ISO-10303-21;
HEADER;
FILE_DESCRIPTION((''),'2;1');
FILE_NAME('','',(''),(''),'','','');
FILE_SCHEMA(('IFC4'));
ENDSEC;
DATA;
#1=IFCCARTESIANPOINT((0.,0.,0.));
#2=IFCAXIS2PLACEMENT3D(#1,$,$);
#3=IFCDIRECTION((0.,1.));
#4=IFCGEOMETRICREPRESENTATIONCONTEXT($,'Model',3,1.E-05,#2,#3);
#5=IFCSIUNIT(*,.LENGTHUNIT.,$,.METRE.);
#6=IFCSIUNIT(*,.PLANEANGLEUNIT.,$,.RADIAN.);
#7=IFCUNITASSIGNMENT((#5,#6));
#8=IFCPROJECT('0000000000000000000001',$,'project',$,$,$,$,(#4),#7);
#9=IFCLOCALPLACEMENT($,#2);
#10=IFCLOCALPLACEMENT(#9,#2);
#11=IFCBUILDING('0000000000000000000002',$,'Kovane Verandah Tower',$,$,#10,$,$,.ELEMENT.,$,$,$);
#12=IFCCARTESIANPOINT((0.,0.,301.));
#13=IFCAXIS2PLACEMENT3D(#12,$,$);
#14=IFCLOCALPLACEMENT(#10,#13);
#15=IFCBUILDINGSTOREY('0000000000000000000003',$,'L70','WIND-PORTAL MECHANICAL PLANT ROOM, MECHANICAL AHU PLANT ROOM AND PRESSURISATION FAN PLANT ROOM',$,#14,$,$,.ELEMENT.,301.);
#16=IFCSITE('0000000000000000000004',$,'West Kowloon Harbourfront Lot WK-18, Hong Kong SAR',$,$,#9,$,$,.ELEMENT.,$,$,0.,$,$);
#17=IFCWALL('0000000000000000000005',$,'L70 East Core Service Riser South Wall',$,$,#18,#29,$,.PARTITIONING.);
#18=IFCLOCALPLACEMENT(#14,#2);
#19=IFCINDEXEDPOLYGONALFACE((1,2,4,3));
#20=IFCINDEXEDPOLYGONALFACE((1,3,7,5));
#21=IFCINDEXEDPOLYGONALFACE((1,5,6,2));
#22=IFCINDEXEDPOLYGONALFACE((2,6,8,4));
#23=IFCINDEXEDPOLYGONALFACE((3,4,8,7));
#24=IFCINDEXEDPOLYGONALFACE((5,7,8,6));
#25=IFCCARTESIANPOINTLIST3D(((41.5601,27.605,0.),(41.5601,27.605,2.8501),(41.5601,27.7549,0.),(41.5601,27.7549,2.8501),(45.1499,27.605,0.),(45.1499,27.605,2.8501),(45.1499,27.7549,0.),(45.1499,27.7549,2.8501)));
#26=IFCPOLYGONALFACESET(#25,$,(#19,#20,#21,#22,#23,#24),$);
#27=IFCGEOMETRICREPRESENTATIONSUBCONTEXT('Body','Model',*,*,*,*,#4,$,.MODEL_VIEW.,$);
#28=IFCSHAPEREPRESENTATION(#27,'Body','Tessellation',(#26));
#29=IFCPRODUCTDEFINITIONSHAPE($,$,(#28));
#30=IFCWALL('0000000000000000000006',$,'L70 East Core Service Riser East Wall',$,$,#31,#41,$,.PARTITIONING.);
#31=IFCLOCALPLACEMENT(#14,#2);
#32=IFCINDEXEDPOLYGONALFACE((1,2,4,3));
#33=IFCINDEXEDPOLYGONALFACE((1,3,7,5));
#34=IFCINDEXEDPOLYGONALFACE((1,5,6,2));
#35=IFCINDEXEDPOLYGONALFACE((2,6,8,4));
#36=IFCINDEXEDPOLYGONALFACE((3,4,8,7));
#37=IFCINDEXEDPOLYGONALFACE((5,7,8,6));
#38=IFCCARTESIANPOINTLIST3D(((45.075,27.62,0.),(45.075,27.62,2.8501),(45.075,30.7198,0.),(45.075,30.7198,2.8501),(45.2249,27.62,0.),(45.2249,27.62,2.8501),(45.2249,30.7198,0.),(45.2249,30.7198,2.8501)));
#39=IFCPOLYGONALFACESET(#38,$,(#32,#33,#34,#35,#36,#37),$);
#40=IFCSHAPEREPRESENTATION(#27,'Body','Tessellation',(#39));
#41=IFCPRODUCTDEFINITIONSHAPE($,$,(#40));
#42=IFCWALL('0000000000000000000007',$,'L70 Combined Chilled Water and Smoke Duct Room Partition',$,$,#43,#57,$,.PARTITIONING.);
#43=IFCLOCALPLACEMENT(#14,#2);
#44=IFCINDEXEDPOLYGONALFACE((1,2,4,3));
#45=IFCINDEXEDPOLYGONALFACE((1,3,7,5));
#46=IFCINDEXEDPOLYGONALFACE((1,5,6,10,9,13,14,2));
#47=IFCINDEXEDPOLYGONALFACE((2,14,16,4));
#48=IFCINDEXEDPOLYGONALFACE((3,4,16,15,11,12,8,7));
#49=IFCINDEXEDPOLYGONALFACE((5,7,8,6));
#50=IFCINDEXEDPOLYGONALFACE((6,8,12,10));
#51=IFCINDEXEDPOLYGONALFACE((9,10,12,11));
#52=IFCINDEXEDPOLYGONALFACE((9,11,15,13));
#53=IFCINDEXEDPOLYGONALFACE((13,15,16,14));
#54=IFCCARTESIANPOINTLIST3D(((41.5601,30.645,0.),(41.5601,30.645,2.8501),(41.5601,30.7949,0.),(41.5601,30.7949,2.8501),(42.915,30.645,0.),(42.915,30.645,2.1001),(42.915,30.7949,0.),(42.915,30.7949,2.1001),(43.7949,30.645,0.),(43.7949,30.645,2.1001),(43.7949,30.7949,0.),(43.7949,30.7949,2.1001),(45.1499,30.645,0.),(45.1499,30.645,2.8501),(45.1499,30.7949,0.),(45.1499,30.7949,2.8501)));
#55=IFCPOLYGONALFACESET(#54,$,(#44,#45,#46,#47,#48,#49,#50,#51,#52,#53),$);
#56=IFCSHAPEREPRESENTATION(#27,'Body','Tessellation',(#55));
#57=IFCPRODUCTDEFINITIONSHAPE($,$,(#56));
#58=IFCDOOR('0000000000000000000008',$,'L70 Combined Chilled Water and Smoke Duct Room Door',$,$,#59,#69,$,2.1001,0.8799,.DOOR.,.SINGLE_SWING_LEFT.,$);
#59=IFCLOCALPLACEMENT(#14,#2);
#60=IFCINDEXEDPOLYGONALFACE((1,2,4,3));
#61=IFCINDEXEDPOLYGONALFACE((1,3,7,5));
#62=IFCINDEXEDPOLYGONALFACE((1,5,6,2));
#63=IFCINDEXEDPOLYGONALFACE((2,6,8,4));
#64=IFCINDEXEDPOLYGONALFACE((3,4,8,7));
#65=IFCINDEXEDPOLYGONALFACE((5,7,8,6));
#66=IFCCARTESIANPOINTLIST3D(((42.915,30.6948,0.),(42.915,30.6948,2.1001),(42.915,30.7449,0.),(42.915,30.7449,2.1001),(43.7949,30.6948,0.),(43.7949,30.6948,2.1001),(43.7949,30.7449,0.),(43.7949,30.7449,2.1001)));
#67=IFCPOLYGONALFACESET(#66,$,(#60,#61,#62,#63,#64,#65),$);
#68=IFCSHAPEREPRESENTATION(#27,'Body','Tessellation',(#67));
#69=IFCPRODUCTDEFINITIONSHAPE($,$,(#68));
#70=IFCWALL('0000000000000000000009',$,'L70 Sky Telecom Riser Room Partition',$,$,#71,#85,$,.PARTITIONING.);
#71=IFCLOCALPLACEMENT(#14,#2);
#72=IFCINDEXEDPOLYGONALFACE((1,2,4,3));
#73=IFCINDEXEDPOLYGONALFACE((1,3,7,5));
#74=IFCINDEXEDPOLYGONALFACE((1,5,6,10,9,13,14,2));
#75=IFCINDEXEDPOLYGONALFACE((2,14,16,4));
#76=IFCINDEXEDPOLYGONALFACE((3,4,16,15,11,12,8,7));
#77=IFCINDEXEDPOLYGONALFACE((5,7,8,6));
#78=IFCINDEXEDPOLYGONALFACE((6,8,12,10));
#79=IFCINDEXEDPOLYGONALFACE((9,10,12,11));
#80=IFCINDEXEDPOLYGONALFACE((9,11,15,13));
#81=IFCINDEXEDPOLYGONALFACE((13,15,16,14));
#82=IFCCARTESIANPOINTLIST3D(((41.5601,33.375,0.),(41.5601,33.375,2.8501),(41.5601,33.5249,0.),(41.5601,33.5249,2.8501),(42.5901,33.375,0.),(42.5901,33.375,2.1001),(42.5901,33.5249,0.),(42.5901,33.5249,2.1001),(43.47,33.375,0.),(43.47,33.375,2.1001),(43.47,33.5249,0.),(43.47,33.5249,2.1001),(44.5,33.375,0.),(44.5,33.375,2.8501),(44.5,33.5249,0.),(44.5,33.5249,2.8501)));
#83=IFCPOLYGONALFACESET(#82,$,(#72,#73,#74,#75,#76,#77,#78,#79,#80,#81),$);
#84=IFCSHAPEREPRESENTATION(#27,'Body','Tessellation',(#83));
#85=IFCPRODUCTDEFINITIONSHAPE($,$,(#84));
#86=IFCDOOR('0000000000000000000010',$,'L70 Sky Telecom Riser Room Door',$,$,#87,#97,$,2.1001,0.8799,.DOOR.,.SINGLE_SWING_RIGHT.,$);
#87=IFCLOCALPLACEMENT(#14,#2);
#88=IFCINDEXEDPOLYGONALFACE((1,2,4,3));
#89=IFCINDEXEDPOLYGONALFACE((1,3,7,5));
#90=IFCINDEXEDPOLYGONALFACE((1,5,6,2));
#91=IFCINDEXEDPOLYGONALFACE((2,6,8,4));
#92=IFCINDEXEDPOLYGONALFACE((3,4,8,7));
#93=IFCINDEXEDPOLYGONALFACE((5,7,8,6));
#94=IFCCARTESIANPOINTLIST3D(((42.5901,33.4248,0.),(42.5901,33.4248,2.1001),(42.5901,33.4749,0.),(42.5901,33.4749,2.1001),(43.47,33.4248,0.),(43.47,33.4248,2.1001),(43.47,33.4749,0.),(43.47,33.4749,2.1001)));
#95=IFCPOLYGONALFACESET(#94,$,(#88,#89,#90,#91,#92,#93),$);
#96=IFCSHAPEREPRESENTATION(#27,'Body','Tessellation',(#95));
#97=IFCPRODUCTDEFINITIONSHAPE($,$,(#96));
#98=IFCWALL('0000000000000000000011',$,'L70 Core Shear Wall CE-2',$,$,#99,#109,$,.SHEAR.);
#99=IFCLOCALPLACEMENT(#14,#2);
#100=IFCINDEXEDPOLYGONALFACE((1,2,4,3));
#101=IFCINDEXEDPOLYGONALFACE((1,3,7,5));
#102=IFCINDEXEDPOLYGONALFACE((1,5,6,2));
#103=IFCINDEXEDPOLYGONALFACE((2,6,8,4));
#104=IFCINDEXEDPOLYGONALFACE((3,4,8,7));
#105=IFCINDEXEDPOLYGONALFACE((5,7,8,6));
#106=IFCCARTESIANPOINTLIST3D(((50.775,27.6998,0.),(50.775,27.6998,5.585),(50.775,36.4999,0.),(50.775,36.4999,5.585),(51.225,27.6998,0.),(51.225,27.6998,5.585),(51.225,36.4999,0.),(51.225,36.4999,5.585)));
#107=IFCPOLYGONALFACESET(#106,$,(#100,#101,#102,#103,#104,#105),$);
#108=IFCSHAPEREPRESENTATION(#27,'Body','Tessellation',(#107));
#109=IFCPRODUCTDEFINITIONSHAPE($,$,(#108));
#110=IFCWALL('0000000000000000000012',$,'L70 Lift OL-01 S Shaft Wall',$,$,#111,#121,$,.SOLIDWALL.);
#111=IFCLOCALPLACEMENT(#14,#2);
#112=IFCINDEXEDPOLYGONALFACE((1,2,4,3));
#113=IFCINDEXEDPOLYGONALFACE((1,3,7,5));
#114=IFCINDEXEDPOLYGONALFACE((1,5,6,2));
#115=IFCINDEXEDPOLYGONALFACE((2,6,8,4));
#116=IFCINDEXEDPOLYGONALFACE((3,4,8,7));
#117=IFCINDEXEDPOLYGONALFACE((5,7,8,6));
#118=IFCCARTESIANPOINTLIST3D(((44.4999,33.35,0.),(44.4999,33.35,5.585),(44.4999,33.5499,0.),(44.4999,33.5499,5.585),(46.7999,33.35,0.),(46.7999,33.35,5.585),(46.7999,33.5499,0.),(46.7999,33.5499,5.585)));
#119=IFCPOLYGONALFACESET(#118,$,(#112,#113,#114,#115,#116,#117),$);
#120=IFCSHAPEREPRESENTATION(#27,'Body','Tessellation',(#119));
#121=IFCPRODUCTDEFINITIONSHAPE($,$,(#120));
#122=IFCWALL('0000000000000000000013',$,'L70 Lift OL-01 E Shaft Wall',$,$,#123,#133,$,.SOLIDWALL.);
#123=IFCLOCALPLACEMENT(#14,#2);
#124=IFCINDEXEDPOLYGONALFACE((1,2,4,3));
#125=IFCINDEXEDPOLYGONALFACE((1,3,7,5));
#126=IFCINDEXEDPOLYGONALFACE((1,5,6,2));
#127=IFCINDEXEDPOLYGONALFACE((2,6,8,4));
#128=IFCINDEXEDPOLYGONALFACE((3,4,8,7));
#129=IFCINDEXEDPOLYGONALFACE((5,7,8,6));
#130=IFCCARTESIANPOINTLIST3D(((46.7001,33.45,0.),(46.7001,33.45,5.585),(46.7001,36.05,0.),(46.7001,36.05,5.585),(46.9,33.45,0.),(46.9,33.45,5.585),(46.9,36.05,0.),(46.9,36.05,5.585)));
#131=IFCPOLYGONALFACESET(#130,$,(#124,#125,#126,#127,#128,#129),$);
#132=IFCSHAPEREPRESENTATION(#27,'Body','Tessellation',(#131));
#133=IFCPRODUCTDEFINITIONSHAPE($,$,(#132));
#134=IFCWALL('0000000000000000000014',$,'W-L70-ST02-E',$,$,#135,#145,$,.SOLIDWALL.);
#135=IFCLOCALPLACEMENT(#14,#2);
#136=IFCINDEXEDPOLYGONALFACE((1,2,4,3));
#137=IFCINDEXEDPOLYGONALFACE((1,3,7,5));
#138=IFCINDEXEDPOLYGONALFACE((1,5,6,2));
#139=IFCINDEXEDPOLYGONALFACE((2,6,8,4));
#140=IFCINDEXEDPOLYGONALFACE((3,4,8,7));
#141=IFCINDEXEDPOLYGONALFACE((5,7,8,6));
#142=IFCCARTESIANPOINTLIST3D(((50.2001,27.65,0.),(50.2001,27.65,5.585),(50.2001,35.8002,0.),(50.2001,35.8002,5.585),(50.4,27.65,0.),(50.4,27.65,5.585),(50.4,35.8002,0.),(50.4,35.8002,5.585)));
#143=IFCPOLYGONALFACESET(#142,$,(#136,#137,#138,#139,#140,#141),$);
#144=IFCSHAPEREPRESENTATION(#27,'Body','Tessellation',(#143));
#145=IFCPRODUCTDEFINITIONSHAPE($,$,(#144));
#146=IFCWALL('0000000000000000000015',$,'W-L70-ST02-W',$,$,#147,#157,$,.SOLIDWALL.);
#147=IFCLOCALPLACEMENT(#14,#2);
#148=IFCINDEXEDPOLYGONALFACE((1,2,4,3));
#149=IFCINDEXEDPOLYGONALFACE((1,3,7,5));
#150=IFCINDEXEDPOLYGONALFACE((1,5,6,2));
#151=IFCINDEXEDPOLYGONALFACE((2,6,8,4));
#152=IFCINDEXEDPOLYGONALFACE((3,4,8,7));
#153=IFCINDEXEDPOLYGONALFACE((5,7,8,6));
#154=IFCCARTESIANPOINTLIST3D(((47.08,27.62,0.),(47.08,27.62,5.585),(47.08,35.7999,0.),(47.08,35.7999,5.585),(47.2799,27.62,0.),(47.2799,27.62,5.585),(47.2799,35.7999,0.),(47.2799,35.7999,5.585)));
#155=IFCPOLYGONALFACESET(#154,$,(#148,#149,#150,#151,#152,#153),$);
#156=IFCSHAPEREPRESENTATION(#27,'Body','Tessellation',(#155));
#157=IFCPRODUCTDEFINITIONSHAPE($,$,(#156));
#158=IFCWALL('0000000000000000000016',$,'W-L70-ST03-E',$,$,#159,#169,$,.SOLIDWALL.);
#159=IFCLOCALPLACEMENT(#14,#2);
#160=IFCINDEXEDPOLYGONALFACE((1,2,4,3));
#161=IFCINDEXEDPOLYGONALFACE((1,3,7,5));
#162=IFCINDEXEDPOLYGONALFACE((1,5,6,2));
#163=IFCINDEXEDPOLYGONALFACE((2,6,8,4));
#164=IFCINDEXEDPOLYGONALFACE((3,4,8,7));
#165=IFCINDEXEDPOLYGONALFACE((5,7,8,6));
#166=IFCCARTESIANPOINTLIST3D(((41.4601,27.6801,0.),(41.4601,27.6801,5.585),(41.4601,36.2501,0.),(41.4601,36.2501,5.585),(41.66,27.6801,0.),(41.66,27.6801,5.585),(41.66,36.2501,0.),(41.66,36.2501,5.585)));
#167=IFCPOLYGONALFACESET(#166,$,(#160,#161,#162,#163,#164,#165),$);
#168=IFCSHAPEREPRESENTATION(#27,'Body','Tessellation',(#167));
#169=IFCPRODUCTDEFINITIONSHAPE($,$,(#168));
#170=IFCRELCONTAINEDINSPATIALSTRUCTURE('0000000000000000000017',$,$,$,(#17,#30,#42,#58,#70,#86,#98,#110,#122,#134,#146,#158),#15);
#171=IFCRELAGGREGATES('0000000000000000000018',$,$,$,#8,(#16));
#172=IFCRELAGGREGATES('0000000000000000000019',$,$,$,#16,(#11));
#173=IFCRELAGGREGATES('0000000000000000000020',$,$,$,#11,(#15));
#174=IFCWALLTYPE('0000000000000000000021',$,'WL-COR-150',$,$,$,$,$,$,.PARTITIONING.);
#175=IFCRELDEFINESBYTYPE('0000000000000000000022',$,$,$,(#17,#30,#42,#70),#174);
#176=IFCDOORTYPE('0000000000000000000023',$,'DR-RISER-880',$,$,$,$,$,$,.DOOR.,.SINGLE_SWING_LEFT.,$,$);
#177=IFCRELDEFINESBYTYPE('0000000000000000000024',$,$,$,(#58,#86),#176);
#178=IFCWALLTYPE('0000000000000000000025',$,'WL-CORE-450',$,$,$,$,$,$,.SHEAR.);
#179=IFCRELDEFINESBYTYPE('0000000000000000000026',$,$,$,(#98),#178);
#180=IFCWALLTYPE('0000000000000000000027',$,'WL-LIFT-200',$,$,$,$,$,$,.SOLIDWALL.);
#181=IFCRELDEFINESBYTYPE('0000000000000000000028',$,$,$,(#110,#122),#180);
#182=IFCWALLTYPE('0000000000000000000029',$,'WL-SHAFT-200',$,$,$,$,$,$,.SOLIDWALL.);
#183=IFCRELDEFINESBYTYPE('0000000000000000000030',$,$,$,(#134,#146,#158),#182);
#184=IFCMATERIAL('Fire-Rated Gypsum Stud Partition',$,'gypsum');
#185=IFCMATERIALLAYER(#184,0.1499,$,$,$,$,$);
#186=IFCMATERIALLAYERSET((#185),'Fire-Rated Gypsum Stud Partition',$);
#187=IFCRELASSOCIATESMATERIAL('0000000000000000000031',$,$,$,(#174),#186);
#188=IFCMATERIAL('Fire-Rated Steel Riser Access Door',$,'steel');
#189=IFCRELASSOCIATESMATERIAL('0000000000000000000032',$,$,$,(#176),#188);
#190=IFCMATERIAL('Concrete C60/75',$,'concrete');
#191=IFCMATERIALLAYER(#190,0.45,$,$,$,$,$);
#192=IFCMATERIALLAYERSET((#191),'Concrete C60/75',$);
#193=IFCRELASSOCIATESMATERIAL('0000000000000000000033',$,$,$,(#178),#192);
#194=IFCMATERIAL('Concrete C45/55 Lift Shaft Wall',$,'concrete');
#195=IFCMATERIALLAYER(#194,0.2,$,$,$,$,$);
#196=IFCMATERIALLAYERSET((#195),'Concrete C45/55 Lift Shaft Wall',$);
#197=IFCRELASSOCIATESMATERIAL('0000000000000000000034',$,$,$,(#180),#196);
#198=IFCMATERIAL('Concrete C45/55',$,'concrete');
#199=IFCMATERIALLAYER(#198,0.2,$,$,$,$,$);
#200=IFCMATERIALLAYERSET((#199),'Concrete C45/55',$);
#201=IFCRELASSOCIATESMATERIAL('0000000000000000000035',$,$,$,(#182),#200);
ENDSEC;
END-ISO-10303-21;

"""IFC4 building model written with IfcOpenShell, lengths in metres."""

from ifc_helpers import new_model, si_unit, direction, frame, frame_2d, origin, place, context, subcontext, project, spatial, rectangle, extrude, material, layer, layer_set, type_object, element, fill, save


model = new_model("IFC4")

# Units and contexts
model_context = context("Model", 3, precision=1e-05, world=origin(), true_north=direction((0.0, 1.0)))
body_context = subcontext(model_context, "Body", "Model", "MODEL_VIEW")
ifc_project = project(units=[si_unit("LENGTHUNIT", "METRE"), si_unit("PLANEANGLEUNIT", "RADIAN")], contexts=[model_context])

# Site, building, storey
site_placement = place(None, origin())
site = spatial("IfcSite", under=ifc_project, at=site_placement, Name="West Kowloon Harbourfront Lot WK-18, Hong Kong SAR", CompositionType="ELEMENT", RefElevation=0.0)
building_placement = place(site_placement, origin())
building = spatial("IfcBuilding", under=site, at=building_placement, Name="Kovane Verandah Tower", CompositionType="ELEMENT")
storey_placement = place(building_placement, frame((0.0, 0.0, 301.0)))
storey = spatial("IfcBuildingStorey", under=building, at=storey_placement, Name="L70", Description="WIND-PORTAL MECHANICAL PLANT ROOM, MECHANICAL AHU PLANT ROOM AND PRESSURISATION FAN PLANT ROOM", CompositionType="ELEMENT", Elevation=301.0)

# Walls
ifc_material_1 = material(Name="Fire-Rated Gypsum Stud Partition", Category="gypsum")
ifc_layer_1 = layer(ifc_material_1, 0.1499)
ifc_layer_set_1 = layer_set([ifc_layer_1], Name="Fire-Rated Gypsum Stud Partition")
wall_type_1 = type_object("IfcWallType", Name="WL-COR-150", PredefinedType="PARTITIONING", material=ifc_layer_set_1)
wall_1_placement = place(storey_placement, frame((41.5601, 27.6799, 0.0), z_axis=(0.0, 0.0, 1.0), x_axis=(1.0, 0.0, 0.0)))
element("IfcWall", 1, at=wall_1_placement, inside=storey, type_object=wall_type_1, Name="L70 East Core Service Riser South Wall", PredefinedType="PARTITIONING", context=body_context, shape_type="SweptSolid", body=[
    extrude(rectangle(XDim=3.5898, YDim=0.1499, at=frame_2d((1.7949, 0.0))), origin(), (0.0, 0.0, 1.0), 2.8501),
])
wall_2_placement = place(storey_placement, frame((45.1499, 27.6201, 0.0), z_axis=(0.0, 0.0, 1.0), x_axis=(0.0, 1.0, 0.0)))
element("IfcWall", 2, at=wall_2_placement, inside=storey, type_object=wall_type_1, Name="L70 East Core Service Riser East Wall", PredefinedType="PARTITIONING", context=body_context, shape_type="SweptSolid", body=[
    extrude(rectangle(XDim=3.0999, YDim=0.1499, at=frame_2d((1.5498, 0.0))), origin(), (0.0, 0.0, 1.0), 2.8501),
])

# Walls, openings, doors
wall_3_placement = place(storey_placement, frame((41.5601, 30.72, 0.0), z_axis=(0.0, 0.0, 1.0), x_axis=(1.0, 0.0, 0.0)))
wall_3 = element("IfcWall", 3, at=wall_3_placement, inside=storey, type_object=wall_type_1, Name="L70 Combined Chilled Water and Smoke Duct Room Partition", PredefinedType="PARTITIONING", context=body_context, shape_type="SweptSolid", body=[
    extrude(rectangle(XDim=3.5898, YDim=0.1499, at=frame_2d((1.7949, 0.0))), origin(), (0.0, 0.0, 1.0), 2.8501),
])
opening_1_placement = place(wall_3_placement, frame((1.355, 0.0, 0.0)))
opening_1 = element("IfcOpeningElement", 4, at=opening_1_placement, cuts=wall_3, PredefinedType="OPENING", context=body_context, shape_type="SweptSolid", body=[
    extrude(rectangle(XDim=0.8799, YDim=2.1001, at=frame_2d((0.4399, 1.05))), frame((0.0, 0.075, 0.0), z_axis=(0.0, -1.0, 0.0), x_axis=(1.0, 0.0, 0.0)), (0.0, 0.0, 1.0), 0.1499),
])
ifc_material_2 = material(Name="Fire-Rated Steel Riser Access Door", Category="steel")
door_type_1 = type_object("IfcDoorType", Name="DR-RISER-880", OperationType="SINGLE_SWING_LEFT", PredefinedType="DOOR", material=ifc_material_2)
door_1_placement = place(opening_1_placement, origin())
door_1 = element("IfcDoor", 5, at=door_1_placement, inside=storey, type_object=door_type_1, Name="L70 Combined Chilled Water and Smoke Duct Room Door", OperationType="SINGLE_SWING_LEFT", OverallHeight=2.1001, OverallWidth=0.8799, PredefinedType="DOOR", context=body_context, shape_type="SweptSolid", body=[
    extrude(rectangle(XDim=0.8799, YDim=2.1001, at=frame_2d((0.4399, 1.05))), frame((0.0, 0.0249, 0.0), z_axis=(0.0, -1.0, 0.0), x_axis=(1.0, 0.0, 0.0)), (0.0, 0.0, 1.0), 0.05),
])
fill(opening_1, door_1)
wall_4_placement = place(storey_placement, frame((41.5601, 33.45, 0.0), z_axis=(0.0, 0.0, 1.0), x_axis=(1.0, 0.0, 0.0)))
wall_4 = element("IfcWall", 6, at=wall_4_placement, inside=storey, type_object=wall_type_1, Name="L70 Sky Telecom Riser Room Partition", PredefinedType="PARTITIONING", context=body_context, shape_type="SweptSolid", body=[
    extrude(rectangle(XDim=2.9399, YDim=0.1499, at=frame_2d((1.47, 0.0))), origin(), (0.0, 0.0, 1.0), 2.8501),
])
opening_2_placement = place(wall_4_placement, frame((1.03, 0.0, 0.0)))
opening_2 = element("IfcOpeningElement", 7, at=opening_2_placement, cuts=wall_4, PredefinedType="OPENING", context=body_context, shape_type="SweptSolid", body=[
    extrude(rectangle(XDim=0.8799, YDim=2.1001, at=frame_2d((0.4399, 1.05))), frame((0.0, 0.075, 0.0), z_axis=(0.0, -1.0, 0.0), x_axis=(1.0, 0.0, 0.0)), (0.0, 0.0, 1.0), 0.1499),
])
door_2_placement = place(opening_2_placement, origin())
door_2 = element("IfcDoor", 8, at=door_2_placement, inside=storey, type_object=door_type_1, Name="L70 Sky Telecom Riser Room Door", OperationType="SINGLE_SWING_RIGHT", OverallHeight=2.1001, OverallWidth=0.8799, PredefinedType="DOOR", context=body_context, shape_type="SweptSolid", body=[
    extrude(rectangle(XDim=0.8799, YDim=2.1001, at=frame_2d((0.4399, 1.05))), frame((0.0, 0.0249, 0.0), z_axis=(0.0, -1.0, 0.0), x_axis=(1.0, 0.0, 0.0)), (0.0, 0.0, 1.0), 0.05),
])
fill(opening_2, door_2)

# Wall
ifc_material_3 = material(Name="Concrete C60/75", Category="concrete")
ifc_layer_2 = layer(ifc_material_3, 0.45)
ifc_layer_set_2 = layer_set([ifc_layer_2], Name="Concrete C60/75")
wall_type_2 = type_object("IfcWallType", Name="WL-CORE-450", PredefinedType="SHEAR", material=ifc_layer_set_2)
wall_5_placement = place(storey_placement, frame((51.0, 27.7, 0.0), z_axis=(0.0, 0.0, 1.0), x_axis=(0.0, 1.0, 0.0)))
element("IfcWall", 9, at=wall_5_placement, inside=storey, type_object=wall_type_2, Name="L70 Core Shear Wall CE-2", PredefinedType="SHEAR", context=body_context, shape_type="SweptSolid", body=[
    extrude(rectangle(XDim=8.8, YDim=0.45, at=frame_2d((4.3999, 0.0))), origin(), (0.0, 0.0, 1.0), 5.585),
])

# Walls
ifc_material_4 = material(Name="Concrete C45/55 Lift Shaft Wall", Category="concrete")
ifc_layer_3 = layer(ifc_material_4, 0.2)
ifc_layer_set_3 = layer_set([ifc_layer_3], Name="Concrete C45/55 Lift Shaft Wall")
wall_type_3 = type_object("IfcWallType", Name="WL-LIFT-200", PredefinedType="SOLIDWALL", material=ifc_layer_set_3)
wall_6_placement = place(storey_placement, frame((44.5, 33.45, 0.0), z_axis=(0.0, 0.0, 1.0), x_axis=(1.0, 0.0, 0.0)))
element("IfcWall", 10, at=wall_6_placement, inside=storey, type_object=wall_type_3, Name="L70 Lift OL-01 S Shaft Wall", PredefinedType="SOLIDWALL", context=body_context, shape_type="SweptSolid", body=[
    extrude(rectangle(XDim=2.3, YDim=0.2, at=frame_2d((1.1499, 0.0))), origin(), (0.0, 0.0, 1.0), 5.585),
])
wall_7_placement = place(storey_placement, frame((46.8, 33.45, 0.0), z_axis=(0.0, 0.0, 1.0), x_axis=(0.0, 1.0, 0.0)))
element("IfcWall", 11, at=wall_7_placement, inside=storey, type_object=wall_type_3, Name="L70 Lift OL-01 E Shaft Wall", PredefinedType="SOLIDWALL", context=body_context, shape_type="SweptSolid", body=[
    extrude(rectangle(XDim=2.6001, YDim=0.2, at=frame_2d((1.3, 0.0))), origin(), (0.0, 0.0, 1.0), 5.585),
])
ifc_material_5 = material(Name="Concrete C45/55", Category="concrete")
ifc_layer_4 = layer(ifc_material_5, 0.2)
ifc_layer_set_4 = layer_set([ifc_layer_4], Name="Concrete C45/55")
wall_type_4 = type_object("IfcWallType", Name="WL-SHAFT-200", PredefinedType="SOLIDWALL", material=ifc_layer_set_4)
wall_8_placement = place(storey_placement, frame((50.3, 27.6499, 0.0), z_axis=(0.0, 0.0, 1.0), x_axis=(0.0, 1.0, 0.0)))
element("IfcWall", 12, at=wall_8_placement, inside=storey, type_object=wall_type_4, Name="W-L70-ST02-E", PredefinedType="SOLIDWALL", context=body_context, shape_type="SweptSolid", body=[
    extrude(rectangle(XDim=8.1501, YDim=0.2, at=frame_2d((4.0752, 0.0))), origin(), (0.0, 0.0, 1.0), 5.585),
])
wall_9_placement = place(storey_placement, frame((47.1799, 27.6201, 0.0), z_axis=(0.0, 0.0, 1.0), x_axis=(0.0, 1.0, 0.0)))
element("IfcWall", 13, at=wall_9_placement, inside=storey, type_object=wall_type_4, Name="W-L70-ST02-W", PredefinedType="SOLIDWALL", context=body_context, shape_type="SweptSolid", body=[
    extrude(rectangle(XDim=8.1799, YDim=0.2, at=frame_2d((4.0898, 0.0))), origin(), (0.0, 0.0, 1.0), 5.585),
])

# Wall
wall_10_placement = place(storey_placement, frame((41.5601, 27.6799, 0.0), z_axis=(0.0, 0.0, 1.0), x_axis=(0.0, 1.0, 0.0)))
element("IfcWall", 14, at=wall_10_placement, inside=storey, type_object=wall_type_4, Name="W-L70-ST03-E", PredefinedType="SOLIDWALL", context=body_context, shape_type="SweptSolid", body=[
    extrude(rectangle(XDim=8.5701, YDim=0.2, at=frame_2d((4.2852, 0.0))), origin(), (0.0, 0.0, 1.0), 5.585),
])

save(model, "model.ifc")
